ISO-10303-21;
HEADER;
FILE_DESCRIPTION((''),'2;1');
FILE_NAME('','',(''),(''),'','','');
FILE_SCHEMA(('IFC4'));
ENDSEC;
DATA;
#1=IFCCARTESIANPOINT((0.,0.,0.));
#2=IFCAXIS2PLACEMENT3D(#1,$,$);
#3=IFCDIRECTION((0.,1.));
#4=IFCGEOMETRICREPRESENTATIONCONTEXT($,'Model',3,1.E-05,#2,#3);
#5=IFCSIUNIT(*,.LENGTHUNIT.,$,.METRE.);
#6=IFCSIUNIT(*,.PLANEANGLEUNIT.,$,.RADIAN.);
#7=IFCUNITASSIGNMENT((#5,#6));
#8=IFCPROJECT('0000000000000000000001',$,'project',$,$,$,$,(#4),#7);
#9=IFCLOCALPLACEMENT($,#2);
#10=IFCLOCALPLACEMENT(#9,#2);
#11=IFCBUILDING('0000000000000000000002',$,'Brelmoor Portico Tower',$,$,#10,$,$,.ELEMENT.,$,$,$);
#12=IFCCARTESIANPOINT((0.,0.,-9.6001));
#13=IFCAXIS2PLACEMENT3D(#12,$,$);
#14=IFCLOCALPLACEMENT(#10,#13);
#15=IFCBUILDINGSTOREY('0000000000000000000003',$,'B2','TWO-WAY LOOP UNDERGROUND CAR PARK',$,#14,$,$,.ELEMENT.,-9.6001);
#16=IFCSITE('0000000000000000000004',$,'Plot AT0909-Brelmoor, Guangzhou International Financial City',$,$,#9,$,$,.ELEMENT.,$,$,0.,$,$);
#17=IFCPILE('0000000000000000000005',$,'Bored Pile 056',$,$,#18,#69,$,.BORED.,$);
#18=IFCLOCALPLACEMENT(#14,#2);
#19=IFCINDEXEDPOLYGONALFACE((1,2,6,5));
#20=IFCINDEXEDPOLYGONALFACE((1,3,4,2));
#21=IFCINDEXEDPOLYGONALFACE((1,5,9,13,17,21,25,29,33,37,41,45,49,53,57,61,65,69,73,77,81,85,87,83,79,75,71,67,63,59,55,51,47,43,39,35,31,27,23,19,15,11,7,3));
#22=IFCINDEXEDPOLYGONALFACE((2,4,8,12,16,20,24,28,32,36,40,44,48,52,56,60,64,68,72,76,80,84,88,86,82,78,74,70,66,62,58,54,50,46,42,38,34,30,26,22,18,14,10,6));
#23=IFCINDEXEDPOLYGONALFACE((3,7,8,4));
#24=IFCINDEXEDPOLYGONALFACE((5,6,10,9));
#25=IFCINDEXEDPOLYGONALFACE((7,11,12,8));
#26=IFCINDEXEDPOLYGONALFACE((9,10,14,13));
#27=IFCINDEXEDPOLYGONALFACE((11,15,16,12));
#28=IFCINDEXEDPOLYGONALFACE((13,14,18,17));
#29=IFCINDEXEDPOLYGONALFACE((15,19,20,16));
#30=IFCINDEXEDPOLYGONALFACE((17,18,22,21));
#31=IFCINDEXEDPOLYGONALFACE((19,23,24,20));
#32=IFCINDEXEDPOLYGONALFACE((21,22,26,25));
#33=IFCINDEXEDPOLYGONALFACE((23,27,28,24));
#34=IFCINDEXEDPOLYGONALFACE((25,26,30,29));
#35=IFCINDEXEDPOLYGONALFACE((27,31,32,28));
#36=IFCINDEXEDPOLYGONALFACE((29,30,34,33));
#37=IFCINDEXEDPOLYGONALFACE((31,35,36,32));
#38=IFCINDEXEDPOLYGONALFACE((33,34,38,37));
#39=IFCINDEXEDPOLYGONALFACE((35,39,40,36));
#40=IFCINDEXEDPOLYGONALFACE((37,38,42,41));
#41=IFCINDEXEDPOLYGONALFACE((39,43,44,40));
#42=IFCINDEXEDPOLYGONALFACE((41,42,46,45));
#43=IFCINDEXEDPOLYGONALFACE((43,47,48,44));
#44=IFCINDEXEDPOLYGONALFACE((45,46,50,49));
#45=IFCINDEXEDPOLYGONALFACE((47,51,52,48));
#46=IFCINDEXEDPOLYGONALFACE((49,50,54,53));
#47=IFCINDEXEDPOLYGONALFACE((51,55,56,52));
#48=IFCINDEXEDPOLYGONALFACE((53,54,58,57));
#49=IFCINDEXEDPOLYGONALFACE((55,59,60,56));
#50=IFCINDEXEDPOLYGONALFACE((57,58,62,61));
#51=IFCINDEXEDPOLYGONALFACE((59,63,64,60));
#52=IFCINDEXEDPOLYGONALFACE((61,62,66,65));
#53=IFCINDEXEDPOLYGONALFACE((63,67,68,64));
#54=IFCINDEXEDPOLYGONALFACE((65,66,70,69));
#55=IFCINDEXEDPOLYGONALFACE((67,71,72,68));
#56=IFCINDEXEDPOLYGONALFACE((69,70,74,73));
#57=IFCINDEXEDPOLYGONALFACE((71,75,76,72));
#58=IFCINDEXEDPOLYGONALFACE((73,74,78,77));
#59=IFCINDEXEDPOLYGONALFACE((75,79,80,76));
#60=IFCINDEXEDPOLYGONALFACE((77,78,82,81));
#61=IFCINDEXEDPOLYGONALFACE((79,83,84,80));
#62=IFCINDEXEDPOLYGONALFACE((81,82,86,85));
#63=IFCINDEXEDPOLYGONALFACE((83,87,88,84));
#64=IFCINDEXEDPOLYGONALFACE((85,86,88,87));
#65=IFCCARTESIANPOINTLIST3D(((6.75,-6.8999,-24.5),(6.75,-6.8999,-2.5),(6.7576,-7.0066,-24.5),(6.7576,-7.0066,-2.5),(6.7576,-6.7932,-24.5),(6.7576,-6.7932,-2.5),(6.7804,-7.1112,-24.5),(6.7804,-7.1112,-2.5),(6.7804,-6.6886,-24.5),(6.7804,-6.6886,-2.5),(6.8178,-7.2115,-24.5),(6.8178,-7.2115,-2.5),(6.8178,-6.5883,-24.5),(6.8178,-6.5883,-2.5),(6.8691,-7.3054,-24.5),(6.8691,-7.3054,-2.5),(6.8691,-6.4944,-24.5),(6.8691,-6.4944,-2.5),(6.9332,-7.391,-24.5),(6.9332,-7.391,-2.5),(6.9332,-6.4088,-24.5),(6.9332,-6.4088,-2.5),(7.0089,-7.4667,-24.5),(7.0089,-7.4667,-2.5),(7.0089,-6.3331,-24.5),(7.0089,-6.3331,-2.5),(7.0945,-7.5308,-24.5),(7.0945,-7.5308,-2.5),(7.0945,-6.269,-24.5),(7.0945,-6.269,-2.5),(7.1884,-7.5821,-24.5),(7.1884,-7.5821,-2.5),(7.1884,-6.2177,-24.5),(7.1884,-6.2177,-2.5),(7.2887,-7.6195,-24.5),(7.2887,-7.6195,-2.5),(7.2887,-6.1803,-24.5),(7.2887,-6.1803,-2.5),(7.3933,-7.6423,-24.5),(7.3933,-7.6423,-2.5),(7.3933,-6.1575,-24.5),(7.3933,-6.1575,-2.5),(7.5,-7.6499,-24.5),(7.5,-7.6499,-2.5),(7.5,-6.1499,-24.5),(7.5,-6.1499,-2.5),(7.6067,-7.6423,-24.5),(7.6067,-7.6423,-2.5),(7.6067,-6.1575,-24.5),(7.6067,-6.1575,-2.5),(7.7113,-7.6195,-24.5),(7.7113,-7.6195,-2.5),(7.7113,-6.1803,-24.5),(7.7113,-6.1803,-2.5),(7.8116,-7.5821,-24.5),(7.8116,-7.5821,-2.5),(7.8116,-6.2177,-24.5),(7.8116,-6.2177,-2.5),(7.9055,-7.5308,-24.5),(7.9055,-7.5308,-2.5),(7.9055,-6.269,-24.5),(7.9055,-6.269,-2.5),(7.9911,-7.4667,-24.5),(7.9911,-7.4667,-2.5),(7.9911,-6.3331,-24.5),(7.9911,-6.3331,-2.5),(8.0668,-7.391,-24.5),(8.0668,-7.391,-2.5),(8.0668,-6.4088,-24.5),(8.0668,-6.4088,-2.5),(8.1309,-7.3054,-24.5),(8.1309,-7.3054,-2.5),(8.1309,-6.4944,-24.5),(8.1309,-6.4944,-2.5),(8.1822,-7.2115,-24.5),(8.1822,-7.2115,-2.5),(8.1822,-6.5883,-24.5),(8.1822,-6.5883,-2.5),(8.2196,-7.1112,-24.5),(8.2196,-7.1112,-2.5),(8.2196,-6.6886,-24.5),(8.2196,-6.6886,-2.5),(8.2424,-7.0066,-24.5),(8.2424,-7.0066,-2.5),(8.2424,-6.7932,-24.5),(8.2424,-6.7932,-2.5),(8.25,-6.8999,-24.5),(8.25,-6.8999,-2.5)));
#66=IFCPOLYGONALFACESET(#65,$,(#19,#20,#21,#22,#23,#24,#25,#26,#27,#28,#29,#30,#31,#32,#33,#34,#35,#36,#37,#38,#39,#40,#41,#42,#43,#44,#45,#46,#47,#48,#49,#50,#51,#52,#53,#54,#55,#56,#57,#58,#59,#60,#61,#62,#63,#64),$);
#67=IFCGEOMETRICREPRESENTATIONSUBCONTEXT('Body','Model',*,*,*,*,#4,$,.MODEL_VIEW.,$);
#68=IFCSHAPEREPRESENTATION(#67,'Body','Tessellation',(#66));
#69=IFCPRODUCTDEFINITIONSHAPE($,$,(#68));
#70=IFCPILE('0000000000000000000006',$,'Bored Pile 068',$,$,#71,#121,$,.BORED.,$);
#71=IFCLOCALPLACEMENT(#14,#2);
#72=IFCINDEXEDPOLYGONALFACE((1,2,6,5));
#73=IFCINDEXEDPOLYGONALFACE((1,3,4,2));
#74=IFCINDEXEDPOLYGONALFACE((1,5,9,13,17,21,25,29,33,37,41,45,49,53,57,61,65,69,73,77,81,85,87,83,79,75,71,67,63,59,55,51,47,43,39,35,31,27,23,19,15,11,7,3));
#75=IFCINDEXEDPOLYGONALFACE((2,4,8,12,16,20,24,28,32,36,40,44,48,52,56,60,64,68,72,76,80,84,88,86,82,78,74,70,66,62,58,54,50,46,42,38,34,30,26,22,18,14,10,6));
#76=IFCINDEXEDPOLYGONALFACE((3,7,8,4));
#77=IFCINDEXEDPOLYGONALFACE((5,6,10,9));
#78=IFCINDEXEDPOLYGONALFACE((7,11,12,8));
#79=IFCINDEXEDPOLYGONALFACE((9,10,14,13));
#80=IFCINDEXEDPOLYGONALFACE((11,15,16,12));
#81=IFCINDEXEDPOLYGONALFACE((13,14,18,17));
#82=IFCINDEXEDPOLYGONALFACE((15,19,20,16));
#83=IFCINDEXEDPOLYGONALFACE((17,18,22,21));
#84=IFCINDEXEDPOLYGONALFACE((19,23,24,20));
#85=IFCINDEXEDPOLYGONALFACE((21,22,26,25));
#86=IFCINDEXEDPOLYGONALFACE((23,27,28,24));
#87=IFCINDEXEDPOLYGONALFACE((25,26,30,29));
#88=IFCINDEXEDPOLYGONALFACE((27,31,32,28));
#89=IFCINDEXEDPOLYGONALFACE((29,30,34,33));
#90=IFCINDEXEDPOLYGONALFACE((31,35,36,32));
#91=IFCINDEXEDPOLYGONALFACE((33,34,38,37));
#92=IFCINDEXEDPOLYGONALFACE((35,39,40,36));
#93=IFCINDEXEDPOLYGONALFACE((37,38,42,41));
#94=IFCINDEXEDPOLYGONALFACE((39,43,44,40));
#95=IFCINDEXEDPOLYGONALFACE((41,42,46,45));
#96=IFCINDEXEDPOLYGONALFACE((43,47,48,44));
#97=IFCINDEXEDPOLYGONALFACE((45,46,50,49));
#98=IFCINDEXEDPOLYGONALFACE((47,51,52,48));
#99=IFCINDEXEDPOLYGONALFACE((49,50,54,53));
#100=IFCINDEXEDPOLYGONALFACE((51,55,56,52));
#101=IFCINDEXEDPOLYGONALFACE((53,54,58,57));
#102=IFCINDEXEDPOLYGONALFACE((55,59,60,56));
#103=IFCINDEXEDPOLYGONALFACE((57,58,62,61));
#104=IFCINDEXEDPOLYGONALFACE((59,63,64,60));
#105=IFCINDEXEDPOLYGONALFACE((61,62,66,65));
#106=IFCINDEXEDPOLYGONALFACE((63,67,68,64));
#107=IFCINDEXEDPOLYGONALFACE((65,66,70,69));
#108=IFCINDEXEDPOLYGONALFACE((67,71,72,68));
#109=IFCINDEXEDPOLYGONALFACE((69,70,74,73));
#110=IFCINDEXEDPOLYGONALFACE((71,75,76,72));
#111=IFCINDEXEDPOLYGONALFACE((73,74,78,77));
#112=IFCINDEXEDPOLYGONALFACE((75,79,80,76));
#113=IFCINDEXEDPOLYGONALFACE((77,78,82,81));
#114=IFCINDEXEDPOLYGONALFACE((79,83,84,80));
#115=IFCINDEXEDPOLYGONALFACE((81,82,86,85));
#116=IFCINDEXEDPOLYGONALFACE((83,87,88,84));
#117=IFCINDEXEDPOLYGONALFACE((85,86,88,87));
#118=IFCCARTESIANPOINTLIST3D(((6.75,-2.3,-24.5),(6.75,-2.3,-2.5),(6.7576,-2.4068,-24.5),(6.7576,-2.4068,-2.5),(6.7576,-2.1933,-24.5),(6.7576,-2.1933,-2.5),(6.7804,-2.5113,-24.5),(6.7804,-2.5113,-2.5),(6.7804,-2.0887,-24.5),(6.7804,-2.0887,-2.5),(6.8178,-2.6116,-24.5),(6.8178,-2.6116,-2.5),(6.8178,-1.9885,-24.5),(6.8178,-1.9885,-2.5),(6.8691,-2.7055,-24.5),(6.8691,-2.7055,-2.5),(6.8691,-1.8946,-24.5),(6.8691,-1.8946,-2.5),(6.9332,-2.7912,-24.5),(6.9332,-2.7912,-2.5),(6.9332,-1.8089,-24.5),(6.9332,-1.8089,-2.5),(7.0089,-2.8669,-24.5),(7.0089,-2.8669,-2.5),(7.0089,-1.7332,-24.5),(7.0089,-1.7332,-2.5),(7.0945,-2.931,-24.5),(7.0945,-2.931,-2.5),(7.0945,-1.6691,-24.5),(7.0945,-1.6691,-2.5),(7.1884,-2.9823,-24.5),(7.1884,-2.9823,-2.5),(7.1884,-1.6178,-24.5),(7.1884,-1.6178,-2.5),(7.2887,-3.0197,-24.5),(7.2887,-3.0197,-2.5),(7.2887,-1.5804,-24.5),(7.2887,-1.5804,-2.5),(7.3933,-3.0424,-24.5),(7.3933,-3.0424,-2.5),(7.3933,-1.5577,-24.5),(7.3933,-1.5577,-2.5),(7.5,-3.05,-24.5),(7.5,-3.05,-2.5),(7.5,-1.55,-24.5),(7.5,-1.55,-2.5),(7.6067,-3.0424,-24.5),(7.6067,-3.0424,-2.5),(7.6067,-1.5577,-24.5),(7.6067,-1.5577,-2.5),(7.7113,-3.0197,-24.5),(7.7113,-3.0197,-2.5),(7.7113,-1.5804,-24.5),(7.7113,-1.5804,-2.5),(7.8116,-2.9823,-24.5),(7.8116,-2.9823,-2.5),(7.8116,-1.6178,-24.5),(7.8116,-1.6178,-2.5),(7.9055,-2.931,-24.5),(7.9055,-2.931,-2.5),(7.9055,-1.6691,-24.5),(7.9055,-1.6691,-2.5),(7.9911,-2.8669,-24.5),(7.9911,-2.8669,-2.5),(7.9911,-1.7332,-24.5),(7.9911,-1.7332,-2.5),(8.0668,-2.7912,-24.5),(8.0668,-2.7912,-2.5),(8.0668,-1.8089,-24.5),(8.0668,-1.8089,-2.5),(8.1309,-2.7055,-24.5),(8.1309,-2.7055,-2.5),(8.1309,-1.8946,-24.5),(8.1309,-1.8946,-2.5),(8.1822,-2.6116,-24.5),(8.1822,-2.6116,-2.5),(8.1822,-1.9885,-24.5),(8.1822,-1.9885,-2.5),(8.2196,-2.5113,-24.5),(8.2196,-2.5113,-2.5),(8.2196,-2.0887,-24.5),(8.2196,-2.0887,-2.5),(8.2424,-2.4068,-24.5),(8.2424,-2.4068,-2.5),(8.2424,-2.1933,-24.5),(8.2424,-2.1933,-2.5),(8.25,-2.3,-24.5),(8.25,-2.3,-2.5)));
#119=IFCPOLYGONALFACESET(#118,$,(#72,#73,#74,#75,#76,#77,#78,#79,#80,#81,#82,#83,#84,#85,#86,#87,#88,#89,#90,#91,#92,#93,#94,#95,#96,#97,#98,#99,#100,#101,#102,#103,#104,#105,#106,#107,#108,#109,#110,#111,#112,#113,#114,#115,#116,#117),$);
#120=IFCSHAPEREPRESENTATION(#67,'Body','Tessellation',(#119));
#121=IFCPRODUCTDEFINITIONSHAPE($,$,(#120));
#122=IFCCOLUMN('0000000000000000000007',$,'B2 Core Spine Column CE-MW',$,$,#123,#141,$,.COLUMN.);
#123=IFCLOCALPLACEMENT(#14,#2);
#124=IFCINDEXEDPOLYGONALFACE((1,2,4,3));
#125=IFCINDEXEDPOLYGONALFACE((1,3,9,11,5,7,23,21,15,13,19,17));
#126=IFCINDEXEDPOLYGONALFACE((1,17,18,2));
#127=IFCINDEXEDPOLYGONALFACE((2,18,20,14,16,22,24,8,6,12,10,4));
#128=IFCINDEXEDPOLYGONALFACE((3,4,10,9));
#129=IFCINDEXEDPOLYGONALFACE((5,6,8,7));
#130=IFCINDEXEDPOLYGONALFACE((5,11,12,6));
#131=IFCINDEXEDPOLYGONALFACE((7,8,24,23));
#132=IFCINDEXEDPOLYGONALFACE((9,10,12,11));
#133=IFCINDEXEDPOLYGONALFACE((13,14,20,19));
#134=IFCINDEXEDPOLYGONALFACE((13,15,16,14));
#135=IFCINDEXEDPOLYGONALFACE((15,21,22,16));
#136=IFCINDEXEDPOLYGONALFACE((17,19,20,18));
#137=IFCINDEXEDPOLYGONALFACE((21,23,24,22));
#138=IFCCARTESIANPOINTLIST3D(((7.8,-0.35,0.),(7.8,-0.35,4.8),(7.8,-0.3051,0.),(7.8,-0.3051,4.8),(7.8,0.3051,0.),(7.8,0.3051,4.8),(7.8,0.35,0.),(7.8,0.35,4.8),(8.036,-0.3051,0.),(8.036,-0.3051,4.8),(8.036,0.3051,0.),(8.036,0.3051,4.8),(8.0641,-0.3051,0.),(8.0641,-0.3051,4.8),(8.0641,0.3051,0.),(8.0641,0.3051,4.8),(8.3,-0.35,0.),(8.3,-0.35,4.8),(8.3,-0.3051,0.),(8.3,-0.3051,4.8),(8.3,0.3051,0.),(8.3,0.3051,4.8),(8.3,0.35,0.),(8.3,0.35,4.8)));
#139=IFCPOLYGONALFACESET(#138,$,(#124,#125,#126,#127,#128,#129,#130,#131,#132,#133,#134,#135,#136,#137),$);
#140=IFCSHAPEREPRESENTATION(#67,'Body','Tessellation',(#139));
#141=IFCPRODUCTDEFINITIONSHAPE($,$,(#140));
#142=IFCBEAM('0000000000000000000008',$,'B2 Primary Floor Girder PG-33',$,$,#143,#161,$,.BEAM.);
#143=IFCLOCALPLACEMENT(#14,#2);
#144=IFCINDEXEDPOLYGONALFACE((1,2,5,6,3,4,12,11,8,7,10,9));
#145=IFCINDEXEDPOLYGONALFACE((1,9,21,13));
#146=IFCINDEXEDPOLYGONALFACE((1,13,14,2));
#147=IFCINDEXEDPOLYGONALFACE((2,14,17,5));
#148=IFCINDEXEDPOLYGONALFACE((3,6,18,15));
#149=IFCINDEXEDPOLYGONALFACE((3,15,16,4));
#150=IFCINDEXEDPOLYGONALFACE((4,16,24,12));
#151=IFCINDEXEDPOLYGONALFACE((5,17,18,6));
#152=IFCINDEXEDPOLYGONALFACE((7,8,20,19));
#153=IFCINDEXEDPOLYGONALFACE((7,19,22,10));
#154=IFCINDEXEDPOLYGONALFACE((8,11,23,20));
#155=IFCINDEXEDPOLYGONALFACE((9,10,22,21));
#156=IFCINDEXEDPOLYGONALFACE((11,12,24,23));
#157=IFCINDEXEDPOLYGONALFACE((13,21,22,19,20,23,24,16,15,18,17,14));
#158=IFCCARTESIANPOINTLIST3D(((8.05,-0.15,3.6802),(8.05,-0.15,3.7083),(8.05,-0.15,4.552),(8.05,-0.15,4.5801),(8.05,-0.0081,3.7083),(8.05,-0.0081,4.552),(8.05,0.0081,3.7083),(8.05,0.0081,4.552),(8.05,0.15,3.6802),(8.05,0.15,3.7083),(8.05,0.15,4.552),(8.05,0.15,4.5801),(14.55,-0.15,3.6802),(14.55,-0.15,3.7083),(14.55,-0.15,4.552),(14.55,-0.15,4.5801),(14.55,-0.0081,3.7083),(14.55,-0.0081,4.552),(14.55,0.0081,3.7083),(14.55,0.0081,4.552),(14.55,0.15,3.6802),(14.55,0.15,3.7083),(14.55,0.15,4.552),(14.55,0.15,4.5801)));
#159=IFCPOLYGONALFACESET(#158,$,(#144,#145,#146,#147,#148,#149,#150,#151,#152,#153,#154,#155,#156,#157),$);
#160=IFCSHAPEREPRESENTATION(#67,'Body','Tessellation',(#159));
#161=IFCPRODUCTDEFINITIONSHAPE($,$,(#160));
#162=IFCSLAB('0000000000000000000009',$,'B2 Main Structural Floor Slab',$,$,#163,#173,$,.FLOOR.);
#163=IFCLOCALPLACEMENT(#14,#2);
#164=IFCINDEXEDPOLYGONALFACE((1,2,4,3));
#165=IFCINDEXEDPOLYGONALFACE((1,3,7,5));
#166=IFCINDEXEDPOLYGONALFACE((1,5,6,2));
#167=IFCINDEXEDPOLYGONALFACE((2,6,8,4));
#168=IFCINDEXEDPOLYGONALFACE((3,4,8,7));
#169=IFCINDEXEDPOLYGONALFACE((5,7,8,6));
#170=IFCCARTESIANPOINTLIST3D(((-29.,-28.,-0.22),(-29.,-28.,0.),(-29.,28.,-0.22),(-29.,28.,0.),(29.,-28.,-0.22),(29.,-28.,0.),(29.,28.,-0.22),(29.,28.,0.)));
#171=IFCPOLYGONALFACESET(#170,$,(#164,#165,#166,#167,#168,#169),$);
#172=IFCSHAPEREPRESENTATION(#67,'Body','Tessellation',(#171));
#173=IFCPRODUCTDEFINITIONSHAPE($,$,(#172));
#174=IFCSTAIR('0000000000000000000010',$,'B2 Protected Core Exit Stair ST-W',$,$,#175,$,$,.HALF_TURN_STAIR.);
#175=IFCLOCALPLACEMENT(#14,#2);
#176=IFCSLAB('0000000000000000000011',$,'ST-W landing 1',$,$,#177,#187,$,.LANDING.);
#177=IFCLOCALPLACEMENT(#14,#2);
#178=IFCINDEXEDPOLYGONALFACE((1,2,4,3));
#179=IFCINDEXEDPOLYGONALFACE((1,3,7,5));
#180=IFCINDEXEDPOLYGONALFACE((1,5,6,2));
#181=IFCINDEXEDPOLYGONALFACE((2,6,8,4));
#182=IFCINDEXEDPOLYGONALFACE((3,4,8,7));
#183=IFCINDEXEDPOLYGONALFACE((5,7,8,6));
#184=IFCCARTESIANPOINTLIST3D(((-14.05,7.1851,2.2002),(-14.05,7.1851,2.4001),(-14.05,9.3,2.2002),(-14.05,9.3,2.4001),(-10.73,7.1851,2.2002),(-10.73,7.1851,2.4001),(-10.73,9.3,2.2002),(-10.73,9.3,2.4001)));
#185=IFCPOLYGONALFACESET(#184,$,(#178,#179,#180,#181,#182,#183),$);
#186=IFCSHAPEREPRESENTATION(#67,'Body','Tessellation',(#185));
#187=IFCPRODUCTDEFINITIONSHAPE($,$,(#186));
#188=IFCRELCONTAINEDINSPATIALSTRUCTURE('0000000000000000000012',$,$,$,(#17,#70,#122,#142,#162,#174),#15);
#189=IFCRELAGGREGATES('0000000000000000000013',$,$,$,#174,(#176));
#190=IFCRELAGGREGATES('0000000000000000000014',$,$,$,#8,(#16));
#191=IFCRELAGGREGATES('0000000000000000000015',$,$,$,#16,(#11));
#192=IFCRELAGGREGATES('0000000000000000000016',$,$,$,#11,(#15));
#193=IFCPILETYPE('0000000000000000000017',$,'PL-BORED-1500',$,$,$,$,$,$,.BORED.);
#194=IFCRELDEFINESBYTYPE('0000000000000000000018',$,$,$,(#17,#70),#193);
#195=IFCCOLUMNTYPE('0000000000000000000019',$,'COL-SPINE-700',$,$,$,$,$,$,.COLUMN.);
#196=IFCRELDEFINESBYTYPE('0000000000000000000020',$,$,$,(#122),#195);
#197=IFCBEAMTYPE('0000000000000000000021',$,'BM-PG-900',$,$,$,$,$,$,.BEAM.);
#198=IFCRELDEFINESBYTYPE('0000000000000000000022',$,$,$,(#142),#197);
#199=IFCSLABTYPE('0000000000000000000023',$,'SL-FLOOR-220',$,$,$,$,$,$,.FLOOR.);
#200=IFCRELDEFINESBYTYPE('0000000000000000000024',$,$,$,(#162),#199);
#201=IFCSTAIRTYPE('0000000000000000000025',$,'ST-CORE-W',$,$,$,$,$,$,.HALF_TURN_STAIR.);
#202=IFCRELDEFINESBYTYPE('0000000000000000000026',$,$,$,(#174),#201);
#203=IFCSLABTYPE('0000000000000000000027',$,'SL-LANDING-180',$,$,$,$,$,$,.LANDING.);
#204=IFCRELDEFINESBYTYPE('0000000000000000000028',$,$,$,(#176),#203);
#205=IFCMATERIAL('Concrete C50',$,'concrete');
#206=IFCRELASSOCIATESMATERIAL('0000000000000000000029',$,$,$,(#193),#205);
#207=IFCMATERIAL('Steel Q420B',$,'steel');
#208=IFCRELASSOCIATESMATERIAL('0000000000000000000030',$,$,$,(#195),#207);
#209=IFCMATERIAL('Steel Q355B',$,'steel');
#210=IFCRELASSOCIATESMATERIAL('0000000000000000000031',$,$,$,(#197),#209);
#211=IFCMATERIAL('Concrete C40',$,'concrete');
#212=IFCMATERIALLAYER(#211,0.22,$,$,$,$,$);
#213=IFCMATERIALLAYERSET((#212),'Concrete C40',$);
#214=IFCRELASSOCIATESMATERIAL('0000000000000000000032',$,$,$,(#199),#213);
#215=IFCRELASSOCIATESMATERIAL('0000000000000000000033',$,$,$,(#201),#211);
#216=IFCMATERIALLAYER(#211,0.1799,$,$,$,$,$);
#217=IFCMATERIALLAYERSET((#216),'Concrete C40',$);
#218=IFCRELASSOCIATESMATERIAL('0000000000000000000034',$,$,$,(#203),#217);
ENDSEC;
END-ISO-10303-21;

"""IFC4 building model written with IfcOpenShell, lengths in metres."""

from ifc_helpers import new_model, si_unit, direction, frame, origin, origin_2d, place, context, subcontext, project, spatial, polyline, circle, i_section, outline, extrude, material, layer, layer_set, material_profile, profile_set, type_object, element, aggregate, save


model = new_model("IFC4")

# Units and contexts
model_context = context("Model", 3, precision=1e-05, world=origin(), true_north=direction((0.0, 1.0)))
body_context = subcontext(model_context, "Body", "Model", "MODEL_VIEW")
ifc_project = project(units=[si_unit("LENGTHUNIT", "METRE"), si_unit("PLANEANGLEUNIT", "RADIAN")], contexts=[model_context])

# Site, building, storey
site_placement = place(None, origin())
site = spatial("IfcSite", under=ifc_project, at=site_placement, Name="Plot AT0909-Brelmoor, Guangzhou International Financial City", CompositionType="ELEMENT", RefElevation=0.0)
building_placement = place(site_placement, origin())
building = spatial("IfcBuilding", under=site, at=building_placement, Name="Brelmoor Portico Tower", CompositionType="ELEMENT")
storey_placement = place(building_placement, frame((0.0, 0.0, -9.6001)))
storey = spatial("IfcBuildingStorey", under=building, at=storey_placement, Name="B2", Description="TWO-WAY LOOP UNDERGROUND CAR PARK", CompositionType="ELEMENT", Elevation=-9.6001)

# Shared definitions
ifc_material_1 = material(Name="Concrete C50", Category="concrete")

# Piles
ifc_material_profile_1 = material_profile(ifc_material_1, circle(Radius=0.75, at=origin_2d()), Name="BORED PILE D1500")
ifc_profile_set_1 = profile_set([ifc_material_profile_1], Name="Concrete C50")
pile_type_1 = type_object("IfcPileType", Name="PL-BORED-1500", PredefinedType="BORED", material=ifc_profile_set_1)
for number, where, z_axis, x_axis, name in (
    (1, (7.5, -6.8999, -2.5), (0.0, 0.0, -1.0), (1.0, 0.0, 0.0), "Bored Pile 056"),
    (2, (7.5, -2.3, -2.5), (0.0, 0.0, -1.0), (1.0, 0.0, 0.0), "Bored Pile 068"),
):
    element("IfcPile", number, at=place(storey_placement, frame(where, z_axis=z_axis, x_axis=x_axis)), inside=storey, type_object=pile_type_1, Name=name, PredefinedType="BORED", context=body_context, shape_type="SweptSolid", body=[
        extrude(circle(Radius=0.75, at=origin_2d()), origin(), (0.0, 0.0, 1.0), 22.0),
    ])

# Column
ifc_material_2 = material(Name="Steel Q420B", Category="steel")
ifc_material_profile_2 = material_profile(ifc_material_2, i_section(OverallWidth=0.5, OverallDepth=0.7, WebThickness=0.0281, FlangeThickness=0.0449, at=origin_2d()), Name="HW 700x500x28x45")
ifc_profile_set_2 = profile_set([ifc_material_profile_2], Name="Steel Q420B")
column_type = type_object("IfcColumnType", Name="COL-SPINE-700", PredefinedType="COLUMN", material=ifc_profile_set_2)
column_placement = place(storey_placement, frame((8.05, 0.0, 0.0), z_axis=(0.0, 0.0, 1.0), x_axis=(1.0, 0.0, 0.0)))
element("IfcColumn", 3, at=column_placement, inside=storey, type_object=column_type, Name="B2 Core Spine Column CE-MW", PredefinedType="COLUMN", context=body_context, shape_type="SweptSolid", body=[
    extrude(i_section(OverallWidth=0.5, OverallDepth=0.7, WebThickness=0.0281, FlangeThickness=0.0449, at=origin_2d()), origin(), (0.0, 0.0, 1.0), 4.8),
])

# Beam
ifc_material_3 = material(Name="Steel Q355B", Category="steel")
ifc_material_profile_3 = material_profile(ifc_material_3, i_section(OverallWidth=0.3, OverallDepth=0.8999, WebThickness=0.0161, FlangeThickness=0.0281, at=origin_2d()), Name="HN 900x300x16x28")
ifc_profile_set_3 = profile_set([ifc_material_profile_3], Name="Steel Q355B")
beam_type = type_object("IfcBeamType", Name="BM-PG-900", PredefinedType="BEAM", material=ifc_profile_set_3)
beam_placement = place(storey_placement, frame((8.05, 0.0, 4.1301), z_axis=(1.0, 0.0, 0.0), x_axis=(0.0, 1.0, 0.0)))
element("IfcBeam", 4, at=beam_placement, inside=storey, type_object=beam_type, Name="B2 Primary Floor Girder PG-33", PredefinedType="BEAM", context=body_context, shape_type="SweptSolid", body=[
    extrude(i_section(OverallWidth=0.3, OverallDepth=0.8999, WebThickness=0.0161, FlangeThickness=0.0281, at=origin_2d()), origin(), (0.0, 0.0, 1.0), 6.5),
])

# Slab
ifc_material_4 = material(Name="Concrete C40", Category="concrete")
ifc_layer_1 = layer(ifc_material_4, 0.22)
ifc_layer_set_1 = layer_set([ifc_layer_1], Name="Concrete C40")
slab_type_1 = type_object("IfcSlabType", Name="SL-FLOOR-220", PredefinedType="FLOOR", material=ifc_layer_set_1)
slab_1_placement = place(storey_placement, frame((0.0, 0.0, -0.22)))
element("IfcSlab", 5, at=slab_1_placement, inside=storey, type_object=slab_type_1, Name="B2 Main Structural Floor Slab", PredefinedType="FLOOR", context=body_context, shape_type="SweptSolid", body=[
    extrude(outline(polyline([(-29.0, -28.0), (29.0, -28.0), (29.0, 28.0), (-29.0, 28.0), (-29.0, -28.0)])), origin(), (0.0, 0.0, 1.0), 0.22),
])

# Stair, slab
stair_type_1 = type_object("IfcStairType", Name="ST-CORE-W", PredefinedType="HALF_TURN_STAIR", material=ifc_material_4)
stair_1_placement = place(storey_placement, origin())
stair_1 = element("IfcStair", 6, at=stair_1_placement, inside=storey, type_object=stair_type_1, Name="B2 Protected Core Exit Stair ST-W", PredefinedType="HALF_TURN_STAIR")
ifc_layer_2 = layer(ifc_material_4, 0.1799)
ifc_layer_set_2 = layer_set([ifc_layer_2], Name="Concrete C40")
slab_type_2 = type_object("IfcSlabType", Name="SL-LANDING-180", PredefinedType="LANDING", material=ifc_layer_set_2)
slab_2_placement = place(storey_placement, frame((0.0, 0.0, 2.2002)))
slab_2 = element("IfcSlab", 7, at=slab_2_placement, type_object=slab_type_2, Name="ST-W landing 1", PredefinedType="LANDING", context=body_context, shape_type="SweptSolid", body=[
    extrude(outline(polyline([(-10.73, 7.1851), (-10.73, 9.3), (-14.05, 9.3), (-14.05, 7.1851), (-10.73, 7.1851)])), origin(), (0.0, 0.0, 1.0), 0.2),
])
aggregate(stair_1, [slab_2])

save(model, "model.ifc")
